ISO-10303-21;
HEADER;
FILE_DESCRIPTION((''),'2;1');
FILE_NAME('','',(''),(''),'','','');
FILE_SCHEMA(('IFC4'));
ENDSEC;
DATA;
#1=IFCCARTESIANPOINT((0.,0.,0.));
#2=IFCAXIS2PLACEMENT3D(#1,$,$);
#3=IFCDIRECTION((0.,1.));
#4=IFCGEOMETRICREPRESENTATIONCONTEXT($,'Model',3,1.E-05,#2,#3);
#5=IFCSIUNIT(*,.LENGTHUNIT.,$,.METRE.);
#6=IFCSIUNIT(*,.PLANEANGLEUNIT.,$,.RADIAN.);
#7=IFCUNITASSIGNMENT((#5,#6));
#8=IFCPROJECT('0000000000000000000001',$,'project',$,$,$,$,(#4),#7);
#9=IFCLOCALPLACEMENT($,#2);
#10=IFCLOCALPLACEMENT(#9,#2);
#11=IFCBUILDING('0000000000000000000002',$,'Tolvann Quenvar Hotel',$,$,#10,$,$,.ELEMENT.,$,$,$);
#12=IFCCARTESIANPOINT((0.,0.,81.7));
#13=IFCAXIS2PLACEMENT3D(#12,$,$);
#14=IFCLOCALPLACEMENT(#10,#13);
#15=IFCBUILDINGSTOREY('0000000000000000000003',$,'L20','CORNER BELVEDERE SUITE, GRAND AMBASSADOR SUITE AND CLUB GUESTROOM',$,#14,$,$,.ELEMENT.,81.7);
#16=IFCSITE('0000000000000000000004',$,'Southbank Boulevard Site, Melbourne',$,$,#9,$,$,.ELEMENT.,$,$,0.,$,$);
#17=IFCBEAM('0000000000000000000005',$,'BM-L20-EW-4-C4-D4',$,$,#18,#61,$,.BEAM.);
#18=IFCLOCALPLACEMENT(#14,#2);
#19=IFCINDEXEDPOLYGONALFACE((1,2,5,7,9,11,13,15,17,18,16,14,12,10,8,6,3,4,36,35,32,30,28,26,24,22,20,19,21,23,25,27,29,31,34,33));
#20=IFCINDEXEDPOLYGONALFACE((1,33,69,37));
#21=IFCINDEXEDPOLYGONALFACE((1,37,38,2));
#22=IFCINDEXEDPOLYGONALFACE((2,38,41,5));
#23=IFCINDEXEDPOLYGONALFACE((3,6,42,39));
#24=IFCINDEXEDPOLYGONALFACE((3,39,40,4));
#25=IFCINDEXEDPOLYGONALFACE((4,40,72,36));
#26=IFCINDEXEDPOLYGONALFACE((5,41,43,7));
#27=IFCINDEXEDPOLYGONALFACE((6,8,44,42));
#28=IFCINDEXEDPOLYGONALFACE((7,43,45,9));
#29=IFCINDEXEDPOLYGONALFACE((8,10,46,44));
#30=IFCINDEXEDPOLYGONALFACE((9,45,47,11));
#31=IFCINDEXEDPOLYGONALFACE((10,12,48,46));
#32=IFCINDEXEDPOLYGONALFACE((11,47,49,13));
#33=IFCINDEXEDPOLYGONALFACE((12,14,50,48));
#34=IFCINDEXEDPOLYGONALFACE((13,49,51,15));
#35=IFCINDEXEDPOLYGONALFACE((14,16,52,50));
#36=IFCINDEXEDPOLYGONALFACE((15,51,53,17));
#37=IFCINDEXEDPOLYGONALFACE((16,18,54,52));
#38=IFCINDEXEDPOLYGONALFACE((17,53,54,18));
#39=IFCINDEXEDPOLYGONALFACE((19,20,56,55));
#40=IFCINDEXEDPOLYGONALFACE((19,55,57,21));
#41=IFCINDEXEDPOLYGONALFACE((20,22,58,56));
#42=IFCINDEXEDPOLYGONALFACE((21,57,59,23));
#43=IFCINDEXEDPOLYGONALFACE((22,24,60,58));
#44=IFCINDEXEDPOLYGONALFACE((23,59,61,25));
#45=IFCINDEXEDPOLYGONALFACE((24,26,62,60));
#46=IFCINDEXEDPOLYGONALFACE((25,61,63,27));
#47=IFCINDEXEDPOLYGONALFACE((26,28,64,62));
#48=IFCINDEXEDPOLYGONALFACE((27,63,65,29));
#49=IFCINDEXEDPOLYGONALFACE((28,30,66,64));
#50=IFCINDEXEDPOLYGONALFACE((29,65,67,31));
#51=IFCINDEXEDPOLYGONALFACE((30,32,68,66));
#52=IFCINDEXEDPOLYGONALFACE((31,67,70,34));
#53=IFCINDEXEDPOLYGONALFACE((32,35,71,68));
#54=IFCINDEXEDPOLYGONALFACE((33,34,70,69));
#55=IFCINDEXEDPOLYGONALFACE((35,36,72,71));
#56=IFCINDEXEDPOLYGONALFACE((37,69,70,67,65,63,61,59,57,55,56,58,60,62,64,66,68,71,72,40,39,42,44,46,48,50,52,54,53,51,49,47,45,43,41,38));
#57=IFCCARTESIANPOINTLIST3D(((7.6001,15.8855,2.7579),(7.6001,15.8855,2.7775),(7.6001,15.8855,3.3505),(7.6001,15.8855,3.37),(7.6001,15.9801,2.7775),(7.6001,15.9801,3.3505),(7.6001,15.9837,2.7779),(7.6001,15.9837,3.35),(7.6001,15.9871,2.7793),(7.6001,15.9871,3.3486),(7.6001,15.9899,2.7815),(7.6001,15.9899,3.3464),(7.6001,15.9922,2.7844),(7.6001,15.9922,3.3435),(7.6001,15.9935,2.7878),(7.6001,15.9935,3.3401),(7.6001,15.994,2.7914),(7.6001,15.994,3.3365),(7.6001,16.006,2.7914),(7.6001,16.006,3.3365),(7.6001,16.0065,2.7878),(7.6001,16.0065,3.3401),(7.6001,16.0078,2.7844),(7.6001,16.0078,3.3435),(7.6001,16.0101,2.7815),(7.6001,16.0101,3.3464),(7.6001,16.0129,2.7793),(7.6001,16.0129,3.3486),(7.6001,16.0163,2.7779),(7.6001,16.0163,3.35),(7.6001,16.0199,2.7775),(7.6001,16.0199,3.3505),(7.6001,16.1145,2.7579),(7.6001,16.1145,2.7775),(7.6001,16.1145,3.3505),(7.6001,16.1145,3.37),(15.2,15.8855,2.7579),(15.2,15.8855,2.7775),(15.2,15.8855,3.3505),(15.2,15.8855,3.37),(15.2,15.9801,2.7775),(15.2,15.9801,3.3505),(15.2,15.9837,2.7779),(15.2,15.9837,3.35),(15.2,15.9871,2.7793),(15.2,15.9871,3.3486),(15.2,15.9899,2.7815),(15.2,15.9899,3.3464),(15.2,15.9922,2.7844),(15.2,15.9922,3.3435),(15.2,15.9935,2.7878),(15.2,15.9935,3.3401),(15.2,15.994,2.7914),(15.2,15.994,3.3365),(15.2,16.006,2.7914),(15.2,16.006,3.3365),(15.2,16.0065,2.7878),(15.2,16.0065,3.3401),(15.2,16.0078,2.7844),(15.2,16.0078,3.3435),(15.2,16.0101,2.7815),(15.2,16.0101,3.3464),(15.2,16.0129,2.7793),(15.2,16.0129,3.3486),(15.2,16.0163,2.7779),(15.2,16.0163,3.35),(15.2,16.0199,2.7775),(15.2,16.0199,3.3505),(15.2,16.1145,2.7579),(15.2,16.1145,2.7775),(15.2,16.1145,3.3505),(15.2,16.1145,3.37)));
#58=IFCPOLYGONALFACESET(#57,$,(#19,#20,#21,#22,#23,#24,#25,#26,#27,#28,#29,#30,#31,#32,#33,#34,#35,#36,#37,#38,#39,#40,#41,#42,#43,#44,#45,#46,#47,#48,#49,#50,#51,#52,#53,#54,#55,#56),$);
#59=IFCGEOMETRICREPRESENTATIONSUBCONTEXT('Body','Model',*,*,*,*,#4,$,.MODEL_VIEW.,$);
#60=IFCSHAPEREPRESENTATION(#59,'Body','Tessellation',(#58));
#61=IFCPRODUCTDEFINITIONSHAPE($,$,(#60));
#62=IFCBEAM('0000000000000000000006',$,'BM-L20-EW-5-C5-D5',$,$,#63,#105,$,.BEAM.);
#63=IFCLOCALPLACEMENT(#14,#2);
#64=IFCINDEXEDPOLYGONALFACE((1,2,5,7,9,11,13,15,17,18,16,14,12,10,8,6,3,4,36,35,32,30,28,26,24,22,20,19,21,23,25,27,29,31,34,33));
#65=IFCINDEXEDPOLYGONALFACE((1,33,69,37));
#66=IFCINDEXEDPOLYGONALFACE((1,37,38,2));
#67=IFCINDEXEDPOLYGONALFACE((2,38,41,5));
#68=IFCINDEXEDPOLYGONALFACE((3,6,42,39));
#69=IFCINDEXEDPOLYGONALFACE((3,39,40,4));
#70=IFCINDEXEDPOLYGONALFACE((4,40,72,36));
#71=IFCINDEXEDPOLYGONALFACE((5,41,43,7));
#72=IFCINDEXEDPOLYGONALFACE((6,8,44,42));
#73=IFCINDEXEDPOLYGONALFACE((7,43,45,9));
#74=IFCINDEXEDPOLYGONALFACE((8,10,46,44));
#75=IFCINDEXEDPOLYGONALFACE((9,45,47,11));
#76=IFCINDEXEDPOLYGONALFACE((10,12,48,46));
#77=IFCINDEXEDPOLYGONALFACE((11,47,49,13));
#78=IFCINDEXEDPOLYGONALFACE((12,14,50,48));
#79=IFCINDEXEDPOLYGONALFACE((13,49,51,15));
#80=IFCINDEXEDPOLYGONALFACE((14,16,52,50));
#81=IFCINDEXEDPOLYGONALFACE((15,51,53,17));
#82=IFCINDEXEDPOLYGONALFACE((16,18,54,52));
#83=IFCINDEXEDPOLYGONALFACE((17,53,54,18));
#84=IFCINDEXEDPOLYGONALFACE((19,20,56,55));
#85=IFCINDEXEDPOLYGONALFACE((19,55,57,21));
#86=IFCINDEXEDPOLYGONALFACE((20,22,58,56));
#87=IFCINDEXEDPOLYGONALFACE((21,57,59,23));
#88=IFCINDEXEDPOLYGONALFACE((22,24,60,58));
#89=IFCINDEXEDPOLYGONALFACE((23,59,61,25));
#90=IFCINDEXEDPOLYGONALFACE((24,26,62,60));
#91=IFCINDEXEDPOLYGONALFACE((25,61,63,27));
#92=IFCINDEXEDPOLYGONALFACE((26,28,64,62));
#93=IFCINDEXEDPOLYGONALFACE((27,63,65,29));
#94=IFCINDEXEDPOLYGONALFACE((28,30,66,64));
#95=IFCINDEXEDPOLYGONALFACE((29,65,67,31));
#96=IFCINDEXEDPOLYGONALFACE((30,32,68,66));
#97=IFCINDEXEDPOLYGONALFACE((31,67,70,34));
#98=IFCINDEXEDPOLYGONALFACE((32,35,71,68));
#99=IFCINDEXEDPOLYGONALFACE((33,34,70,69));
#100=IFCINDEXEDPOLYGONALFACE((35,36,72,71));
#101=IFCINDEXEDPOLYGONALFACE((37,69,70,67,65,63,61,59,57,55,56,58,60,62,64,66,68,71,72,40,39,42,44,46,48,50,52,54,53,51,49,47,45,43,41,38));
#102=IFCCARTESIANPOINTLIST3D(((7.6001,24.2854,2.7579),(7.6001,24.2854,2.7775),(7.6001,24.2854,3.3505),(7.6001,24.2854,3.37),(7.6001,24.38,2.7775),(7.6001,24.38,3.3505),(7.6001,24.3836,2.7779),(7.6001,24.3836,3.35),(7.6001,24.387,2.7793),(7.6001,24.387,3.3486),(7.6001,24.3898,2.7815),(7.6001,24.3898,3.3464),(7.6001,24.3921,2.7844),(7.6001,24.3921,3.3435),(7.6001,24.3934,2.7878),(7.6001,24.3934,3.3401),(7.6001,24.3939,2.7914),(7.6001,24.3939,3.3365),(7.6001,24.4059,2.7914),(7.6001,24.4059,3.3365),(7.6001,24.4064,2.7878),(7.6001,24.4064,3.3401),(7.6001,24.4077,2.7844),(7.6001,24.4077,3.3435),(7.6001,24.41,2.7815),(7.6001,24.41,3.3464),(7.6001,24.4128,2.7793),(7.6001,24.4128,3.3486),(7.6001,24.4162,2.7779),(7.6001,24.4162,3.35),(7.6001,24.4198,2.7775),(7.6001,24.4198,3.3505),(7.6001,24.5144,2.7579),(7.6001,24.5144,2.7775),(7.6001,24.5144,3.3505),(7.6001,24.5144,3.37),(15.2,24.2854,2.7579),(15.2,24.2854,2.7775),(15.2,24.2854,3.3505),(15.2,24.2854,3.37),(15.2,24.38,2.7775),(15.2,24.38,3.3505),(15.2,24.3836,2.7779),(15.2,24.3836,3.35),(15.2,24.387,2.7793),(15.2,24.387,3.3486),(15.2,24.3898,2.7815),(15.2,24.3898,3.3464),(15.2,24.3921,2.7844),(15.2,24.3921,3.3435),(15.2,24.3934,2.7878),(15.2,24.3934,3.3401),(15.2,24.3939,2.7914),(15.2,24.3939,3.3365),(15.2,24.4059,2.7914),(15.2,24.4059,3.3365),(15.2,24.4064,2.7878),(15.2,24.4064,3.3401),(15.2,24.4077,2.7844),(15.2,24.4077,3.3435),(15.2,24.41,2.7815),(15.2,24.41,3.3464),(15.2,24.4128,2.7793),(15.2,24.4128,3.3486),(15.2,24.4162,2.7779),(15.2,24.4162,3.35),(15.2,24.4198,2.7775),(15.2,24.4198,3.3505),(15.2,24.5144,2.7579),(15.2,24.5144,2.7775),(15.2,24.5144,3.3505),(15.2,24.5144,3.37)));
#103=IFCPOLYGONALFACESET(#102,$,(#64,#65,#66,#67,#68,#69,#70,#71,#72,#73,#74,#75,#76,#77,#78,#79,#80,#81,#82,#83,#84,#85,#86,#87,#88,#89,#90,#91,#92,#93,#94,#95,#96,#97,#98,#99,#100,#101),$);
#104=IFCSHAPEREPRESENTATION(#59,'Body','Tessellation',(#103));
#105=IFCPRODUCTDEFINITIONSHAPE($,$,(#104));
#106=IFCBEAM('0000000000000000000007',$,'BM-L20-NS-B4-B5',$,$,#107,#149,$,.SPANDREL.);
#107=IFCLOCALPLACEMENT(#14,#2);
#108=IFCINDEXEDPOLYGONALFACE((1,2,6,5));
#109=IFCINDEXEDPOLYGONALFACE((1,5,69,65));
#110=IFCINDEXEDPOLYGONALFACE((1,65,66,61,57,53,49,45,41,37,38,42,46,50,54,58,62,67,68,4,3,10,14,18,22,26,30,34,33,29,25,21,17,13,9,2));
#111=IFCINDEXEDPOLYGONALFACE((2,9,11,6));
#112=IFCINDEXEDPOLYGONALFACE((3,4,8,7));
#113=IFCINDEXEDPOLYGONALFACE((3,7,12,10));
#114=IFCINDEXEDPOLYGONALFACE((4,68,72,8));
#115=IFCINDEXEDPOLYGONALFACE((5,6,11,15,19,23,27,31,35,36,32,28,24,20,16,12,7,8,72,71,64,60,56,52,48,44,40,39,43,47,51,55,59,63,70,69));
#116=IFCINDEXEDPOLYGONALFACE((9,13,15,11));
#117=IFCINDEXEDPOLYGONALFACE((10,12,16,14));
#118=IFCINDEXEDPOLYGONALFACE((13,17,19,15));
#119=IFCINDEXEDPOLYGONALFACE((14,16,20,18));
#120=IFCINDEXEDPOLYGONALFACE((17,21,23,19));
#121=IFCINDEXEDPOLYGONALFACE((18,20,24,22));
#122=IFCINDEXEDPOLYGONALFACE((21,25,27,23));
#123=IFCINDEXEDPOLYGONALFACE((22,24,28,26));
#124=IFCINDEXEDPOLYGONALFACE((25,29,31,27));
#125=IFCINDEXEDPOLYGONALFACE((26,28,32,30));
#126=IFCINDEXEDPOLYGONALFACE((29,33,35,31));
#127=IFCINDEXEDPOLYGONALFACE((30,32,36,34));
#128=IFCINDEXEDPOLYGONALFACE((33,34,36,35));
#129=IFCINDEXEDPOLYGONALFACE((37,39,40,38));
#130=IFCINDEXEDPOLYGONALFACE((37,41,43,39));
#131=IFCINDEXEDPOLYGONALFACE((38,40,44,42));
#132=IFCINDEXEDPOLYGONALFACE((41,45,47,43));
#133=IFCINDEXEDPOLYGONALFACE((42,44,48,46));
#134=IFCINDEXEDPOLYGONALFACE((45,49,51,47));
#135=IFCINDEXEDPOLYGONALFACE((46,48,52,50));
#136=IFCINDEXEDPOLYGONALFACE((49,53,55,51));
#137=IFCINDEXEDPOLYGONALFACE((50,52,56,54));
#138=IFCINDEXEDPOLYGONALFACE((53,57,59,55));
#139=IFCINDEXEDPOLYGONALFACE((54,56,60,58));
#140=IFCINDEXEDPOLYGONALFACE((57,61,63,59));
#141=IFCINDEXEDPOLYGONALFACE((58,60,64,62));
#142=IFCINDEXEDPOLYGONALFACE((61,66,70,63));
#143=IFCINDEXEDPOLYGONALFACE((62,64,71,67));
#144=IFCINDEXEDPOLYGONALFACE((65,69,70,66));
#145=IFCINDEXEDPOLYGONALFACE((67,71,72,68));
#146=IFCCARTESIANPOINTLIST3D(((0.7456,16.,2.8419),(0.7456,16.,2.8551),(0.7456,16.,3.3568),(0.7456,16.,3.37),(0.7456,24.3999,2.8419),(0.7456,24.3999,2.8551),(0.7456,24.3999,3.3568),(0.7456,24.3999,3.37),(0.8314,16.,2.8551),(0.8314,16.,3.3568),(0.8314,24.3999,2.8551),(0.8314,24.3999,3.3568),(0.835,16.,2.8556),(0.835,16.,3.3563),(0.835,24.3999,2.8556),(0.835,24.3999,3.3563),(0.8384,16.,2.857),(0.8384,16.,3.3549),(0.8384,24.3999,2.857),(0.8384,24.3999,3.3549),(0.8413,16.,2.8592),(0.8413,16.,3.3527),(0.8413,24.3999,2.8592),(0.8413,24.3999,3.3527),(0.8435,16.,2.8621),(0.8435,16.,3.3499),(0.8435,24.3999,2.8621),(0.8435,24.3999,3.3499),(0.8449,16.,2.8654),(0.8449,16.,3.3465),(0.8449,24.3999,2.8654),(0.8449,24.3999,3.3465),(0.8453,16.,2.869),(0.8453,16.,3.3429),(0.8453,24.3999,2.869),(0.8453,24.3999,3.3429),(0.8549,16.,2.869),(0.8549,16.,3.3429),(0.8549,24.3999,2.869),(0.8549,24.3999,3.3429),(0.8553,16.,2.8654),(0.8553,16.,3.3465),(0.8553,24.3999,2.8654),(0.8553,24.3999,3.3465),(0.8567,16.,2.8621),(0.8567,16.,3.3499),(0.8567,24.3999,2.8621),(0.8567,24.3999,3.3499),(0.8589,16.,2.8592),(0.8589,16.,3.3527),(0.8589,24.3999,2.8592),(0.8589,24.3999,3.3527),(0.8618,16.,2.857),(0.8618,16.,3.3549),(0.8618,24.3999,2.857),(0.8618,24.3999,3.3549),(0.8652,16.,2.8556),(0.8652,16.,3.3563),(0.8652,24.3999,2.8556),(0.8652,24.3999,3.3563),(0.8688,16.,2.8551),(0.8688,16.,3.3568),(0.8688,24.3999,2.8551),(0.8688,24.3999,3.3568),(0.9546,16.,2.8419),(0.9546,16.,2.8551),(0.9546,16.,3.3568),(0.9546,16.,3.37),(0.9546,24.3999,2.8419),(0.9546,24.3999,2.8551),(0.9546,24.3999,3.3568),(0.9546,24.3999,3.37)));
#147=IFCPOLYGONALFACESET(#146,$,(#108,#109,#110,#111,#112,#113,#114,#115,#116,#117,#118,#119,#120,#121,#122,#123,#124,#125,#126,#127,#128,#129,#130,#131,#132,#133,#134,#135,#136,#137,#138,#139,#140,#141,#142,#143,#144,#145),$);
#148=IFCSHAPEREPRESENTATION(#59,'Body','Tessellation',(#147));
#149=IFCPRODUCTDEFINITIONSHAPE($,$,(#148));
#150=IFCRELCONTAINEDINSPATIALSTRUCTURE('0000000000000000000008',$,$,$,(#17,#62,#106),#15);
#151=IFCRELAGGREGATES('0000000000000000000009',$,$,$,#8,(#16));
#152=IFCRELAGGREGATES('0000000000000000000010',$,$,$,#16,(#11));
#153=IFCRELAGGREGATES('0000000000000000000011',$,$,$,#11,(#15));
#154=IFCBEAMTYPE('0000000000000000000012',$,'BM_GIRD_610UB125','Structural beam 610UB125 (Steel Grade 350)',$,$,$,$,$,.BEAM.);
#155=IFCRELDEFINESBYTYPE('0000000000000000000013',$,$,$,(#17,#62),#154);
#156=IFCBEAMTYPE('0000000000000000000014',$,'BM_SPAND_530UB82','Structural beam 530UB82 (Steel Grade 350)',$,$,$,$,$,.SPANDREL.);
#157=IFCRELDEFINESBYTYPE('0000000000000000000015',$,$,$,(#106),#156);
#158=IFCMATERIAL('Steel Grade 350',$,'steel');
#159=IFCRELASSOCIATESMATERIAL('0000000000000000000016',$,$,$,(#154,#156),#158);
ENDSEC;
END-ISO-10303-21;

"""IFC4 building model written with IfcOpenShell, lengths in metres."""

from ifc_helpers import new_model, si_unit, direction, frame, origin, origin_2d, place, context, subcontext, project, spatial, i_section, extrude, source, transform, mapped, material, material_profile, profile_set, type_object, element, save


model = new_model("IFC4")

# Units and contexts
model_context = context("Model", 3, precision=1e-05, world=origin(), true_north=direction((0.0, 1.0)))
body_context = subcontext(model_context, "Body", "Model", "MODEL_VIEW")
ifc_project = project(units=[si_unit("LENGTHUNIT", "METRE"), si_unit("PLANEANGLEUNIT", "RADIAN")], contexts=[model_context])

# Site, building, storey
site_placement = place(None, origin())
site = spatial("IfcSite", under=ifc_project, at=site_placement, Name="Southbank Boulevard Site, Melbourne", CompositionType="ELEMENT", RefElevation=0.0)
building_placement = place(site_placement, origin())
building = spatial("IfcBuilding", under=site, at=building_placement, Name="Tolvann Quenvar Hotel", CompositionType="ELEMENT")
storey_placement = place(building_placement, frame((0.0, 0.0, 81.7)))
storey = spatial("IfcBuildingStorey", under=building, at=storey_placement, Name="L20", Description="CORNER BELVEDERE SUITE, GRAND AMBASSADOR SUITE AND CLUB GUESTROOM", CompositionType="ELEMENT", Elevation=81.7)

# Shared definitions
ifc_material_1 = material(Name="Steel Grade 350", Category="steel")

# Beams
ifc_material_profile_1 = material_profile(ifc_material_1, i_section(OverallWidth=0.229, OverallDepth=0.6121, WebThickness=0.012, FlangeThickness=0.0195, FilletRadius=0.0139, at=origin_2d()), Name="610UB125")
ifc_profile_set_1 = profile_set([ifc_material_profile_1], Name="Steel Grade 350")
beam_type_1 = type_object("IfcBeamType", Name="BM_GIRD_610UB125", Description="Structural beam 610UB125 (Steel Grade 350)", PredefinedType="BEAM", material=ifc_profile_set_1)
shared_shape_1 = source(origin(), body_context, "Body", "SweptSolid", [
    extrude(i_section(OverallWidth=0.229, OverallDepth=0.6121, WebThickness=0.012, FlangeThickness=0.0195, FilletRadius=0.0139, at=origin_2d()), origin(), (0.0, 0.0, 1.0), 7.5999),
])
for number, where, z_axis, x_axis, name in (
    (1, (7.6001, 16.0, 3.064), (1.0, 0.0, 0.0), (0.0, 1.0, 0.0), "BM-L20-EW-4-C4-D4"),
    (2, (7.6001, 24.3999, 3.064), (1.0, 0.0, 0.0), (0.0, 1.0, 0.0), "BM-L20-EW-5-C5-D5"),
):
    element("IfcBeam", number, at=place(storey_placement, frame(where, z_axis=z_axis, x_axis=x_axis)), inside=storey, type_object=beam_type_1, Name=name, PredefinedType="BEAM", context=body_context, shape_type="MappedRepresentation", body=[
        mapped(shared_shape_1, transform((0.0, 0.0, 0.0), x_axis=(1.0, 0.0, 0.0), y_axis=(0.0, 1.0, 0.0), z_axis=(0.0, 0.0, 1.0), scale=1.0)),
    ])
ifc_material_profile_2 = material_profile(ifc_material_1, i_section(OverallWidth=0.209, OverallDepth=0.5281, WebThickness=0.0095, FlangeThickness=0.0132, FilletRadius=0.0139, at=origin_2d()), Name="530UB82")
ifc_profile_set_2 = profile_set([ifc_material_profile_2], Name="Steel Grade 350")
beam_type_2 = type_object("IfcBeamType", Name="BM_SPAND_530UB82", Description="Structural beam 530UB82 (Steel Grade 350)", PredefinedType="SPANDREL", material=ifc_profile_set_2)
shared_shape_2 = source(origin(), body_context, "Body", "SweptSolid", [
    extrude(i_section(OverallWidth=0.209, OverallDepth=0.5281, WebThickness=0.0095, FlangeThickness=0.0132, FilletRadius=0.0139, at=origin_2d()), origin(), (0.0, 0.0, 1.0), 8.3999),
])
beam_1_placement = place(storey_placement, frame((0.8501, 16.0, 3.106), z_axis=(0.0, 1.0, 0.0), x_axis=(-1.0, 0.0, 0.0)))
element("IfcBeam", 3, at=beam_1_placement, inside=storey, type_object=beam_type_2, Name="BM-L20-NS-B4-B5", PredefinedType="SPANDREL", context=body_context, shape_type="MappedRepresentation", body=[
    mapped(shared_shape_2, transform((0.0, 0.0, 0.0), x_axis=(1.0, 0.0, 0.0), y_axis=(0.0, 1.0, 0.0), z_axis=(0.0, 0.0, 1.0), scale=1.0)),
])

save(model, "model.ifc")
